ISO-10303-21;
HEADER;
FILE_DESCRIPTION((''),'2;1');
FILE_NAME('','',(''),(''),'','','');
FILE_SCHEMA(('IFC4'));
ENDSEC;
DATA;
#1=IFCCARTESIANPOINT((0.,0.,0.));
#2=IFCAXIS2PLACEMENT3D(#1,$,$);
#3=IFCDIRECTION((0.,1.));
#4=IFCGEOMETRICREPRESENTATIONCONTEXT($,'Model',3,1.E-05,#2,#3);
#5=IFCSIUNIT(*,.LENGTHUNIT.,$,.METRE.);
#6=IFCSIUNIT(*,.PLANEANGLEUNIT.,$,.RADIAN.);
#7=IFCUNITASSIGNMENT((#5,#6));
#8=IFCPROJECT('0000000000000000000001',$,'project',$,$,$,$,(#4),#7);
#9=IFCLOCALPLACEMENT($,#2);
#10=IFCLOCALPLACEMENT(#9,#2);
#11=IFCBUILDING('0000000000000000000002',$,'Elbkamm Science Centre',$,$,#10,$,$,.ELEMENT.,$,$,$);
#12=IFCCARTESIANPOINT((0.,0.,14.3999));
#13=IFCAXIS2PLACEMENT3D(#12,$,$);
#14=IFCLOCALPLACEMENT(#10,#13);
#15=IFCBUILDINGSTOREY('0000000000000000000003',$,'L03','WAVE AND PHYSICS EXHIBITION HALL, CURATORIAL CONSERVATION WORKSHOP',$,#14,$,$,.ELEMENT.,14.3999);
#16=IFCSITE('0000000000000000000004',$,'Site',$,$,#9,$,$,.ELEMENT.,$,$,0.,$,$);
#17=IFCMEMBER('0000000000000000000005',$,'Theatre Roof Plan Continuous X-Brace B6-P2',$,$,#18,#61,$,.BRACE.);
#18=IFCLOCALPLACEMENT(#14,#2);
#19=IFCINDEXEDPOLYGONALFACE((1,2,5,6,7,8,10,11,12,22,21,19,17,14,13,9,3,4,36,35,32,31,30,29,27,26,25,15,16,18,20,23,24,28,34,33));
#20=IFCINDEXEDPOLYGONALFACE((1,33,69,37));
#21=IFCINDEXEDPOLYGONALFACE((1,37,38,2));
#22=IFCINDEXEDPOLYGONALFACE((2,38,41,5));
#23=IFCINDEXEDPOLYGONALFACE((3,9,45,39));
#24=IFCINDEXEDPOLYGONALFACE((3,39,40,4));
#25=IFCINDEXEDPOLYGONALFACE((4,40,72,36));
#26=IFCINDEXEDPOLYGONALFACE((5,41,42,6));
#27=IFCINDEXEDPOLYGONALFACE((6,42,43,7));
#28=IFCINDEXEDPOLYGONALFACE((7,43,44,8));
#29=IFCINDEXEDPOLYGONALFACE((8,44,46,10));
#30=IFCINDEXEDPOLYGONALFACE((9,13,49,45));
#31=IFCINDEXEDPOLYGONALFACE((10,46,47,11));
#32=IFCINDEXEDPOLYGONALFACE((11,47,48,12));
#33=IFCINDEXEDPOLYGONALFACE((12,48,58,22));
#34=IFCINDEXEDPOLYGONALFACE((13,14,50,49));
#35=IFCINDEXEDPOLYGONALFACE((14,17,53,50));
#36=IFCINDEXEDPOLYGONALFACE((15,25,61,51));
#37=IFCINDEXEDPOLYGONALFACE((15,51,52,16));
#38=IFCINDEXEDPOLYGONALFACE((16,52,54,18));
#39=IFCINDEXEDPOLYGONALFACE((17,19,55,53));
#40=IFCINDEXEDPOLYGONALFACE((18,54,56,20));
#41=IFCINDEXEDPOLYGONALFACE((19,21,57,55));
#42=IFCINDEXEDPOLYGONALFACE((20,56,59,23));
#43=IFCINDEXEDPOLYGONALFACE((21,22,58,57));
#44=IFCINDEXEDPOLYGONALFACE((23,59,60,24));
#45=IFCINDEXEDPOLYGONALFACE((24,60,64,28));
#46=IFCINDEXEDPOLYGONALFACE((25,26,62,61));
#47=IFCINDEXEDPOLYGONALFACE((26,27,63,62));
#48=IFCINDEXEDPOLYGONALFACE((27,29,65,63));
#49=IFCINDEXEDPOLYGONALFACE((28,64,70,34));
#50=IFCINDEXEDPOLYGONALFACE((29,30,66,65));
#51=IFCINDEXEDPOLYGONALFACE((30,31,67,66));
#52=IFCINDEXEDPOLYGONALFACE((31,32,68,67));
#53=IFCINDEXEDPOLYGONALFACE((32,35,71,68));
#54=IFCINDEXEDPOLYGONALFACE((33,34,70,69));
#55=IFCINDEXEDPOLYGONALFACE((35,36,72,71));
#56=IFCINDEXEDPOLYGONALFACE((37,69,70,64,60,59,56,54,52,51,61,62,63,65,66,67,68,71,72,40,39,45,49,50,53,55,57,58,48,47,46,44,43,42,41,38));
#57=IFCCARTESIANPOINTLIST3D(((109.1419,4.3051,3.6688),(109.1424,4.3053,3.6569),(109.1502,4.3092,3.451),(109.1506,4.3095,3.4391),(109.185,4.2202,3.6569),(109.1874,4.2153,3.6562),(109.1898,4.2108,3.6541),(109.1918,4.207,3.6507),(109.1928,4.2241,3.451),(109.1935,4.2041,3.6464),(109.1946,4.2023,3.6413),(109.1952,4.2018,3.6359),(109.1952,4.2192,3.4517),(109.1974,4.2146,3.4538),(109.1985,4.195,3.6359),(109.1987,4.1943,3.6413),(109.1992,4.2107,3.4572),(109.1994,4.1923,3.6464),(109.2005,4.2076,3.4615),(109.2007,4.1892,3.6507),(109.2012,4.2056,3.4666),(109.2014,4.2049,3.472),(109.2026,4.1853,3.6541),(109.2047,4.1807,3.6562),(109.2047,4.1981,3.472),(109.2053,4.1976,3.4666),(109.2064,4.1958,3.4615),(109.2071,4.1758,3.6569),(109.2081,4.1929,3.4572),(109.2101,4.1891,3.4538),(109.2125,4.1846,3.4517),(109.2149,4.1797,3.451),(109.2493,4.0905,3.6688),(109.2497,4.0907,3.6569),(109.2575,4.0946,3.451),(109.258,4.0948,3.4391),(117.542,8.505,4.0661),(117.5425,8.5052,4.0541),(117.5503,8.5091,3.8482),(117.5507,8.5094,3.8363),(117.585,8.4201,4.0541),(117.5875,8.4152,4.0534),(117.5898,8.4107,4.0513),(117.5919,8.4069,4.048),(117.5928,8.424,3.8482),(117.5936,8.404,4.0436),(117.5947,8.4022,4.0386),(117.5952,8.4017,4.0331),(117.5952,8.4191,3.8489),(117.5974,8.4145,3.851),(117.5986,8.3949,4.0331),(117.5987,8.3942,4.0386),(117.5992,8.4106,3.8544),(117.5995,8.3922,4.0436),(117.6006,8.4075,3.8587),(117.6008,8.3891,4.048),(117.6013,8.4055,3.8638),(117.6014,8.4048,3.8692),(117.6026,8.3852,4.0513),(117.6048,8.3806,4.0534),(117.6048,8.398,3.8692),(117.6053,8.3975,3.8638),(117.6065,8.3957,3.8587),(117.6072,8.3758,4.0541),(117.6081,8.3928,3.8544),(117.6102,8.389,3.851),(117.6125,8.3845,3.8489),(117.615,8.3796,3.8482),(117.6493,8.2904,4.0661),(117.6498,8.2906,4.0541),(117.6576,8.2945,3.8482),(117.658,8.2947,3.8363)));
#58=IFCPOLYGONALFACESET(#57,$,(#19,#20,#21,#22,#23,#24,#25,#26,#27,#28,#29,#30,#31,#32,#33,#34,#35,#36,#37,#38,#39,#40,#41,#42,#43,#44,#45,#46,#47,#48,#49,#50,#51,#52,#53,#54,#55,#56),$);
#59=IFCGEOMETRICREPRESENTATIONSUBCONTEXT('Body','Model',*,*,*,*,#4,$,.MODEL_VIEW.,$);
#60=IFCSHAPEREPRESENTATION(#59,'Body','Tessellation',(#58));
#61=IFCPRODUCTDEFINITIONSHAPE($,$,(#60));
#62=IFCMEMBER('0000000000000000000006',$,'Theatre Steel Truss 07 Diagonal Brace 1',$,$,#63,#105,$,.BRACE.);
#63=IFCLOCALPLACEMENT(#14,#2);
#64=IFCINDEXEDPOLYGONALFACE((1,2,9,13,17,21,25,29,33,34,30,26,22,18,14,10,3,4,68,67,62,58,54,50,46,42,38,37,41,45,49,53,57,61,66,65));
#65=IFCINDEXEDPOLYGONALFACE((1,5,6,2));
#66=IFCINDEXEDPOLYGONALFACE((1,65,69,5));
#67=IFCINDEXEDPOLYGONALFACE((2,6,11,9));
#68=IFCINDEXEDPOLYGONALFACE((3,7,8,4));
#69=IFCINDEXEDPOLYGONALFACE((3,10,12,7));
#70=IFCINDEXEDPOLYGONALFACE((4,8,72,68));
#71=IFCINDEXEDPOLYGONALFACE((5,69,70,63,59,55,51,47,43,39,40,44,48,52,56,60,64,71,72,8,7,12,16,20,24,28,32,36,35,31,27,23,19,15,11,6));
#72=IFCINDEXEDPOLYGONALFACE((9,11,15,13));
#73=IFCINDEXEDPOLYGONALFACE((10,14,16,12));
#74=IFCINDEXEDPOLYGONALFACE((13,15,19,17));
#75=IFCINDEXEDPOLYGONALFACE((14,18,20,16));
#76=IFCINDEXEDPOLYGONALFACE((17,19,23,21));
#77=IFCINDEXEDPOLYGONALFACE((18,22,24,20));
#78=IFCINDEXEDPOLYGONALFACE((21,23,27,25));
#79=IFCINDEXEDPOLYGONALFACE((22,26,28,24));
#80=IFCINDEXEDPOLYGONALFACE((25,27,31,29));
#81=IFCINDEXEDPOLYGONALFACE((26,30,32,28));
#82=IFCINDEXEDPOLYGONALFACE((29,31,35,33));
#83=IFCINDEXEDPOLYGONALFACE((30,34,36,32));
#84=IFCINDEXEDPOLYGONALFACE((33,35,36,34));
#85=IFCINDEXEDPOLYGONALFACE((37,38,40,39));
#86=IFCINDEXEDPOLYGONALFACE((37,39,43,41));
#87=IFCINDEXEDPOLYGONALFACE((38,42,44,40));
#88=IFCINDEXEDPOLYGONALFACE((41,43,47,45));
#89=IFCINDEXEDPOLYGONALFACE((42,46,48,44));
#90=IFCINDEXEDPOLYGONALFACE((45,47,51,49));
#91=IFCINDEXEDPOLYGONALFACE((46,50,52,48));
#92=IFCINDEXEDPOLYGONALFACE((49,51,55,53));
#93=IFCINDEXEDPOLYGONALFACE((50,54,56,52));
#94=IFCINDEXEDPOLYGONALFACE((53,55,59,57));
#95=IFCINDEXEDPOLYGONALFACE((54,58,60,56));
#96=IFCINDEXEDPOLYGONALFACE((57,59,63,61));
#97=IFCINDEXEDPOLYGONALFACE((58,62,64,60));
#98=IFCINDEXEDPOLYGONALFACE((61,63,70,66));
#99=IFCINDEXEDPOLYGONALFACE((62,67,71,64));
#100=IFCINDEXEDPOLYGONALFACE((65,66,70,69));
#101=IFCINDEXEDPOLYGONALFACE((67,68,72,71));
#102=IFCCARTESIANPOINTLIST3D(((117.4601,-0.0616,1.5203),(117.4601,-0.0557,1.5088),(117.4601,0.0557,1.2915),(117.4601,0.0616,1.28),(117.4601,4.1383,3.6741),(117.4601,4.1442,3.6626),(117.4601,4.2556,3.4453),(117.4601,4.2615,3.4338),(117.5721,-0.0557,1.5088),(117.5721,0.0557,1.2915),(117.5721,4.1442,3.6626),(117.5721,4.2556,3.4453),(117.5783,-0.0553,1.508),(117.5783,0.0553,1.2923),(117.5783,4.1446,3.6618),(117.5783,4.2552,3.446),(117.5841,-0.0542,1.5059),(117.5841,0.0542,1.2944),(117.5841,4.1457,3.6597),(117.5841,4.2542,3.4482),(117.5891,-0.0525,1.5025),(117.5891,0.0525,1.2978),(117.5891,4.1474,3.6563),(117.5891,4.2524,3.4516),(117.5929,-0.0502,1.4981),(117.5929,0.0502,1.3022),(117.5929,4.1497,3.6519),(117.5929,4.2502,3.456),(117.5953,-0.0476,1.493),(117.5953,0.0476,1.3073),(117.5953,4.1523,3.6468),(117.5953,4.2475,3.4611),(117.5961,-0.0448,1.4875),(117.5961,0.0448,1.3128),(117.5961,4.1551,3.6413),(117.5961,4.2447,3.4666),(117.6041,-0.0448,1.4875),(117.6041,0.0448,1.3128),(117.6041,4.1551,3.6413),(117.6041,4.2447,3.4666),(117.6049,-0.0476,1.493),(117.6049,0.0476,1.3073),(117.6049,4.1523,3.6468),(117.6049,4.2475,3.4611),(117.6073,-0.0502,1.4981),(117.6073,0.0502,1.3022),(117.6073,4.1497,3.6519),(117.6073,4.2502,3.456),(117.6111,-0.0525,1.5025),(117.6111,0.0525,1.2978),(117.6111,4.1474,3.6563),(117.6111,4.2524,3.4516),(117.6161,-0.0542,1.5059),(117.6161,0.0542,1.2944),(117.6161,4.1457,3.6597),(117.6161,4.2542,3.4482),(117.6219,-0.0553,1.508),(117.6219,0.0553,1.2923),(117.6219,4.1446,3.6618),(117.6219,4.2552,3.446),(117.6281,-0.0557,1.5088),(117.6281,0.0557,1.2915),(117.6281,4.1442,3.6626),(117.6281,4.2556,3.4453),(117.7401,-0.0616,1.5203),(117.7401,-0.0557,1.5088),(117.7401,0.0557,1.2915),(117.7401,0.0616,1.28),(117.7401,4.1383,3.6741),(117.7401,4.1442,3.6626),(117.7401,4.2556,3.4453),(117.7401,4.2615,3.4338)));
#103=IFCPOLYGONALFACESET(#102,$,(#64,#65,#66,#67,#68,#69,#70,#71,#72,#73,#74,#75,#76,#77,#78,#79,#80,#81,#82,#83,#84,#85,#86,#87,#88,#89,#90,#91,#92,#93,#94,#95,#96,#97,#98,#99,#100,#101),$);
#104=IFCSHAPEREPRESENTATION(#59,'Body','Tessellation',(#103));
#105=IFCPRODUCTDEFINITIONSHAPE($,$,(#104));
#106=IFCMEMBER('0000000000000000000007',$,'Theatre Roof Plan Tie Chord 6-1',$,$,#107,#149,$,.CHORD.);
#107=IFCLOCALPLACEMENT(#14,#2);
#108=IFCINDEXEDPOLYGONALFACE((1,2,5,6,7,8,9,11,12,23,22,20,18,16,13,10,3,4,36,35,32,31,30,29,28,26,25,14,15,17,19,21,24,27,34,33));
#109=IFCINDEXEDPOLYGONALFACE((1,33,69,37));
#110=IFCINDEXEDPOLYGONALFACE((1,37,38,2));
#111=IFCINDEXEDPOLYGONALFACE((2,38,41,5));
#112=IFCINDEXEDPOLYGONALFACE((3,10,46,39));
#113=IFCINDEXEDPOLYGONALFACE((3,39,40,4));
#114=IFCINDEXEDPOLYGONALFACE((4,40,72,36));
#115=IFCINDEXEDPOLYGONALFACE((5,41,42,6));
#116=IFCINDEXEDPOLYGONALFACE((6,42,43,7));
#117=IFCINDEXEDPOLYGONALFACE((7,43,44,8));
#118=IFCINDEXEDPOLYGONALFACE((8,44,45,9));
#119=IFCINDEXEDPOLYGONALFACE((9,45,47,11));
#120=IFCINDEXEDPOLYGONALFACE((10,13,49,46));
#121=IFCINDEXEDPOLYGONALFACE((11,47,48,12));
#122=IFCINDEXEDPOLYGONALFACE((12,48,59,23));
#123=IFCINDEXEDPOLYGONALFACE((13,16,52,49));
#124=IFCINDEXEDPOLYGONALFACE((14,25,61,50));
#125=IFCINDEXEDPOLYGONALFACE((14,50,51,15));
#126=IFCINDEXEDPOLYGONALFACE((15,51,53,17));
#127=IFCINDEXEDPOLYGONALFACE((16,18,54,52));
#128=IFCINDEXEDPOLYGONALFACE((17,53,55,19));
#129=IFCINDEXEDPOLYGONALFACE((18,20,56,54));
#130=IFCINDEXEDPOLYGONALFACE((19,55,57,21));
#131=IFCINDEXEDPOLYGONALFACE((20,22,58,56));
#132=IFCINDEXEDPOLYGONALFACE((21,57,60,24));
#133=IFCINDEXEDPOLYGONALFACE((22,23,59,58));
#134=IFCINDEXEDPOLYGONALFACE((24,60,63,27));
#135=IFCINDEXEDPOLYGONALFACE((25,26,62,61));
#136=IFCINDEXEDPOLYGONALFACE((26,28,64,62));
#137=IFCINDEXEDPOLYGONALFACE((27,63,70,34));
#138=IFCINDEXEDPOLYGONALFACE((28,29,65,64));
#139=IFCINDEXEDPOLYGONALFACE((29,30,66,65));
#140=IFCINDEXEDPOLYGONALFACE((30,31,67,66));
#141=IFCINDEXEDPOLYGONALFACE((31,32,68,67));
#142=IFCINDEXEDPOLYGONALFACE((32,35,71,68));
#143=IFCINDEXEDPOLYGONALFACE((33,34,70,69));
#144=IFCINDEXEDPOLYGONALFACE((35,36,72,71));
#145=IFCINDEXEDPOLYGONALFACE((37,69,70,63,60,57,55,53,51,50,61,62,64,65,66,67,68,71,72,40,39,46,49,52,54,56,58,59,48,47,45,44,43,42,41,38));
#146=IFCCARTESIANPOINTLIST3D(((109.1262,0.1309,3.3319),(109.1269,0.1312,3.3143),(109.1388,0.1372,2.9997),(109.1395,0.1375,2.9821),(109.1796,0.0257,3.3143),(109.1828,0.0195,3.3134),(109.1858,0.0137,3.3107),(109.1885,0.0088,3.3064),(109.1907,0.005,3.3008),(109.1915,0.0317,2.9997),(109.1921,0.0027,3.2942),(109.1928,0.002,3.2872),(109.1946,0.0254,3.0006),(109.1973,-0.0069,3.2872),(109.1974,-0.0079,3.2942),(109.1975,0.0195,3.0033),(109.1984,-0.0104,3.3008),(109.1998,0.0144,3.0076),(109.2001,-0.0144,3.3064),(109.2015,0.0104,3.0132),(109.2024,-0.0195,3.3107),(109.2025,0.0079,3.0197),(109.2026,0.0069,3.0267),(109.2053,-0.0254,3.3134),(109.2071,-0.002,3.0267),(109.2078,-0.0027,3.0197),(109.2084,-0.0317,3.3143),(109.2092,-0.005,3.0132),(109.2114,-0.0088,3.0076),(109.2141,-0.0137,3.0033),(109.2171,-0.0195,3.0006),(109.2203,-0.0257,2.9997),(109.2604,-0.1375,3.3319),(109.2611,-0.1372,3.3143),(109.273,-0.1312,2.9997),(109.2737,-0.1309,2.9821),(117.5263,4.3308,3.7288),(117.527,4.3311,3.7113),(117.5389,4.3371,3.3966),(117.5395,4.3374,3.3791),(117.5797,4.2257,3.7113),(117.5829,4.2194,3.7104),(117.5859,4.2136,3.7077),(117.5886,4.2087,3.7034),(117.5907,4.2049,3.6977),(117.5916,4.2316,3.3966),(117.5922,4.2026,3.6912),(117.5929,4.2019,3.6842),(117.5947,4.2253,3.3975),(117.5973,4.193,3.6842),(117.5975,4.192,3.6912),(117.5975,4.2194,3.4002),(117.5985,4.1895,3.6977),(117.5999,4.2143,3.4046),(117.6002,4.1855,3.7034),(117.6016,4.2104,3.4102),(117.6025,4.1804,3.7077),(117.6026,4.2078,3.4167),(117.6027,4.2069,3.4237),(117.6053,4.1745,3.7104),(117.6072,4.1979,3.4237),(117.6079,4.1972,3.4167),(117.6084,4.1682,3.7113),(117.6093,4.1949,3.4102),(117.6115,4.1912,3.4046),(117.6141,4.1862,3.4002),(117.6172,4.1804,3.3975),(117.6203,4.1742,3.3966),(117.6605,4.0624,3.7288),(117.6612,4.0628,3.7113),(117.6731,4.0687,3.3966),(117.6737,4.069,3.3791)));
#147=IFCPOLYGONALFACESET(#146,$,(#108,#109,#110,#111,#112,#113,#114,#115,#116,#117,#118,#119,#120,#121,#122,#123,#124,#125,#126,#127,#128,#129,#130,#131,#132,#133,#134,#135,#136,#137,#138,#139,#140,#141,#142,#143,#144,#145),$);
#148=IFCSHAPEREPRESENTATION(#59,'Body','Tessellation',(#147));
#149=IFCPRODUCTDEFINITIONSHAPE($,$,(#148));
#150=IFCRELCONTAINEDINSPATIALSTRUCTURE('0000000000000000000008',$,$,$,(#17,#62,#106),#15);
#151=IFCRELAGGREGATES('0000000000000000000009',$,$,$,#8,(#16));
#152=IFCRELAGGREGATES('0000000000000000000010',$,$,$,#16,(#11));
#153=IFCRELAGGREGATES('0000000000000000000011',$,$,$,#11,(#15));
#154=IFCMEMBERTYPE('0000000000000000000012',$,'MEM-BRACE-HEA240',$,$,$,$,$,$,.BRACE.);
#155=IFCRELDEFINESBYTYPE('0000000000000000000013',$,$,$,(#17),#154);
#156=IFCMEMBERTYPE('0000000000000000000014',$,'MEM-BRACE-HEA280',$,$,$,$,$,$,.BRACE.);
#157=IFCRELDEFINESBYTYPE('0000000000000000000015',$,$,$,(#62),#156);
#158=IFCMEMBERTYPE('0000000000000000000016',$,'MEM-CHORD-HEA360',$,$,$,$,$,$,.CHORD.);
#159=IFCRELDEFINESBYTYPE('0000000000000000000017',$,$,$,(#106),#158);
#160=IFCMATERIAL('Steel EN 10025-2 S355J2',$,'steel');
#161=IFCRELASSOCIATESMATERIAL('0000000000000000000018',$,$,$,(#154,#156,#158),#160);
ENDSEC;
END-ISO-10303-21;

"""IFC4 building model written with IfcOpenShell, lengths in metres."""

from ifc_helpers import new_model, si_unit, direction, frame, origin, origin_2d, place, context, subcontext, project, spatial, i_section, extrude, material, material_profile, profile_set, type_object, element, save


model = new_model("IFC4")

# Units and contexts
model_context = context("Model", 3, precision=1e-05, world=origin(), true_north=direction((0.0, 1.0)))
body_context = subcontext(model_context, "Body", "Model", "MODEL_VIEW")
ifc_project = project(units=[si_unit("LENGTHUNIT", "METRE"), si_unit("PLANEANGLEUNIT", "RADIAN")], contexts=[model_context])

# Site, building, storey
site_placement = place(None, origin())
site = spatial("IfcSite", under=ifc_project, at=site_placement, Name="Site", CompositionType="ELEMENT", RefElevation=0.0)
building_placement = place(site_placement, origin())
building = spatial("IfcBuilding", under=site, at=building_placement, Name="Elbkamm Science Centre", CompositionType="ELEMENT")
storey_placement = place(building_placement, frame((0.0, 0.0, 14.3999)))
storey = spatial("IfcBuildingStorey", under=building, at=storey_placement, Name="L03", Description="WAVE AND PHYSICS EXHIBITION HALL, CURATORIAL CONSERVATION WORKSHOP", CompositionType="ELEMENT", Elevation=14.3999)

# Shared definitions
ifc_material_1 = material(Name="Steel EN 10025-2 S355J2", Category="steel")

# Members
ifc_material_profile_1 = material_profile(ifc_material_1, i_section(OverallWidth=0.24, OverallDepth=0.23, WebThickness=0.0076, FlangeThickness=0.012, FilletRadius=0.021, at=origin_2d()), Name="HEA 240")
ifc_profile_set_1 = profile_set([ifc_material_profile_1], Name="Steel EN 10025-2 S355J2")
member_type_1 = type_object("IfcMemberType", Name="MEM-BRACE-HEA240", PredefinedType="BRACE", material=ifc_profile_set_1)
member_1_placement = place(storey_placement, frame((109.2, 4.2, 3.554), z_axis=(0.893633, 0.446804, 0.042257), x_axis=(-0.447203, 0.894432, 0.0)))
element("IfcMember", 1, at=member_1_placement, inside=storey, type_object=member_type_1, Name="Theatre Roof Plan Continuous X-Brace B6-P2", PredefinedType="BRACE", context=body_context, shape_type="SweptSolid", body=[
    extrude(i_section(OverallWidth=0.24, OverallDepth=0.23, WebThickness=0.0076, FlangeThickness=0.012, FilletRadius=0.021, at=origin_2d()), origin(), (0.0, 0.0, 1.0), 9.3999),
])
ifc_material_profile_2 = material_profile(ifc_material_1, i_section(OverallWidth=0.28, OverallDepth=0.27, WebThickness=0.0081, FlangeThickness=0.0129, FilletRadius=0.0239, at=origin_2d()), Name="HEA 280")
ifc_profile_set_2 = profile_set([ifc_material_profile_2], Name="Steel EN 10025-2 S355J2")
member_type_2 = type_object("IfcMemberType", Name="MEM-BRACE-HEA280", PredefinedType="BRACE", material=ifc_profile_set_2)
member_2_placement = place(storey_placement, frame((117.6001, 0.0, 1.4001), z_axis=(0.0, 0.889819, 0.456315), x_axis=(-1.0, 0.0, 0.0)))
element("IfcMember", 2, at=member_2_placement, inside=storey, type_object=member_type_2, Name="Theatre Steel Truss 07 Diagonal Brace 1", PredefinedType="BRACE", context=body_context, shape_type="SweptSolid", body=[
    extrude(i_section(OverallWidth=0.28, OverallDepth=0.27, WebThickness=0.0081, FlangeThickness=0.0129, FilletRadius=0.0239, at=origin_2d()), origin(), (0.0, 0.0, 1.0), 4.72),
])
ifc_material_profile_3 = material_profile(ifc_material_1, i_section(OverallWidth=0.3, OverallDepth=0.3501, WebThickness=0.01, FlangeThickness=0.0176, FilletRadius=0.0271, at=origin_2d()), Name="HEA 360")
ifc_profile_set_3 = profile_set([ifc_material_profile_3], Name="Steel EN 10025-2 S355J2")
member_type_3 = type_object("IfcMemberType", Name="MEM-CHORD-HEA360", PredefinedType="CHORD", material=ifc_profile_set_3)
member_3_placement = place(storey_placement, frame((109.2, 0.0, 3.157), z_axis=(0.893634, 0.446804, 0.042231), x_axis=(-0.447203, 0.894432, 0.0)))
element("IfcMember", 3, at=member_3_placement, inside=storey, type_object=member_type_3, Name="Theatre Roof Plan Tie Chord 6-1", PredefinedType="CHORD", context=body_context, shape_type="SweptSolid", body=[
    extrude(i_section(OverallWidth=0.3, OverallDepth=0.3501, WebThickness=0.01, FlangeThickness=0.0176, FilletRadius=0.0271, at=origin_2d()), origin(), (0.0, 0.0, 1.0), 9.3999),
])

save(model, "model.ifc")
